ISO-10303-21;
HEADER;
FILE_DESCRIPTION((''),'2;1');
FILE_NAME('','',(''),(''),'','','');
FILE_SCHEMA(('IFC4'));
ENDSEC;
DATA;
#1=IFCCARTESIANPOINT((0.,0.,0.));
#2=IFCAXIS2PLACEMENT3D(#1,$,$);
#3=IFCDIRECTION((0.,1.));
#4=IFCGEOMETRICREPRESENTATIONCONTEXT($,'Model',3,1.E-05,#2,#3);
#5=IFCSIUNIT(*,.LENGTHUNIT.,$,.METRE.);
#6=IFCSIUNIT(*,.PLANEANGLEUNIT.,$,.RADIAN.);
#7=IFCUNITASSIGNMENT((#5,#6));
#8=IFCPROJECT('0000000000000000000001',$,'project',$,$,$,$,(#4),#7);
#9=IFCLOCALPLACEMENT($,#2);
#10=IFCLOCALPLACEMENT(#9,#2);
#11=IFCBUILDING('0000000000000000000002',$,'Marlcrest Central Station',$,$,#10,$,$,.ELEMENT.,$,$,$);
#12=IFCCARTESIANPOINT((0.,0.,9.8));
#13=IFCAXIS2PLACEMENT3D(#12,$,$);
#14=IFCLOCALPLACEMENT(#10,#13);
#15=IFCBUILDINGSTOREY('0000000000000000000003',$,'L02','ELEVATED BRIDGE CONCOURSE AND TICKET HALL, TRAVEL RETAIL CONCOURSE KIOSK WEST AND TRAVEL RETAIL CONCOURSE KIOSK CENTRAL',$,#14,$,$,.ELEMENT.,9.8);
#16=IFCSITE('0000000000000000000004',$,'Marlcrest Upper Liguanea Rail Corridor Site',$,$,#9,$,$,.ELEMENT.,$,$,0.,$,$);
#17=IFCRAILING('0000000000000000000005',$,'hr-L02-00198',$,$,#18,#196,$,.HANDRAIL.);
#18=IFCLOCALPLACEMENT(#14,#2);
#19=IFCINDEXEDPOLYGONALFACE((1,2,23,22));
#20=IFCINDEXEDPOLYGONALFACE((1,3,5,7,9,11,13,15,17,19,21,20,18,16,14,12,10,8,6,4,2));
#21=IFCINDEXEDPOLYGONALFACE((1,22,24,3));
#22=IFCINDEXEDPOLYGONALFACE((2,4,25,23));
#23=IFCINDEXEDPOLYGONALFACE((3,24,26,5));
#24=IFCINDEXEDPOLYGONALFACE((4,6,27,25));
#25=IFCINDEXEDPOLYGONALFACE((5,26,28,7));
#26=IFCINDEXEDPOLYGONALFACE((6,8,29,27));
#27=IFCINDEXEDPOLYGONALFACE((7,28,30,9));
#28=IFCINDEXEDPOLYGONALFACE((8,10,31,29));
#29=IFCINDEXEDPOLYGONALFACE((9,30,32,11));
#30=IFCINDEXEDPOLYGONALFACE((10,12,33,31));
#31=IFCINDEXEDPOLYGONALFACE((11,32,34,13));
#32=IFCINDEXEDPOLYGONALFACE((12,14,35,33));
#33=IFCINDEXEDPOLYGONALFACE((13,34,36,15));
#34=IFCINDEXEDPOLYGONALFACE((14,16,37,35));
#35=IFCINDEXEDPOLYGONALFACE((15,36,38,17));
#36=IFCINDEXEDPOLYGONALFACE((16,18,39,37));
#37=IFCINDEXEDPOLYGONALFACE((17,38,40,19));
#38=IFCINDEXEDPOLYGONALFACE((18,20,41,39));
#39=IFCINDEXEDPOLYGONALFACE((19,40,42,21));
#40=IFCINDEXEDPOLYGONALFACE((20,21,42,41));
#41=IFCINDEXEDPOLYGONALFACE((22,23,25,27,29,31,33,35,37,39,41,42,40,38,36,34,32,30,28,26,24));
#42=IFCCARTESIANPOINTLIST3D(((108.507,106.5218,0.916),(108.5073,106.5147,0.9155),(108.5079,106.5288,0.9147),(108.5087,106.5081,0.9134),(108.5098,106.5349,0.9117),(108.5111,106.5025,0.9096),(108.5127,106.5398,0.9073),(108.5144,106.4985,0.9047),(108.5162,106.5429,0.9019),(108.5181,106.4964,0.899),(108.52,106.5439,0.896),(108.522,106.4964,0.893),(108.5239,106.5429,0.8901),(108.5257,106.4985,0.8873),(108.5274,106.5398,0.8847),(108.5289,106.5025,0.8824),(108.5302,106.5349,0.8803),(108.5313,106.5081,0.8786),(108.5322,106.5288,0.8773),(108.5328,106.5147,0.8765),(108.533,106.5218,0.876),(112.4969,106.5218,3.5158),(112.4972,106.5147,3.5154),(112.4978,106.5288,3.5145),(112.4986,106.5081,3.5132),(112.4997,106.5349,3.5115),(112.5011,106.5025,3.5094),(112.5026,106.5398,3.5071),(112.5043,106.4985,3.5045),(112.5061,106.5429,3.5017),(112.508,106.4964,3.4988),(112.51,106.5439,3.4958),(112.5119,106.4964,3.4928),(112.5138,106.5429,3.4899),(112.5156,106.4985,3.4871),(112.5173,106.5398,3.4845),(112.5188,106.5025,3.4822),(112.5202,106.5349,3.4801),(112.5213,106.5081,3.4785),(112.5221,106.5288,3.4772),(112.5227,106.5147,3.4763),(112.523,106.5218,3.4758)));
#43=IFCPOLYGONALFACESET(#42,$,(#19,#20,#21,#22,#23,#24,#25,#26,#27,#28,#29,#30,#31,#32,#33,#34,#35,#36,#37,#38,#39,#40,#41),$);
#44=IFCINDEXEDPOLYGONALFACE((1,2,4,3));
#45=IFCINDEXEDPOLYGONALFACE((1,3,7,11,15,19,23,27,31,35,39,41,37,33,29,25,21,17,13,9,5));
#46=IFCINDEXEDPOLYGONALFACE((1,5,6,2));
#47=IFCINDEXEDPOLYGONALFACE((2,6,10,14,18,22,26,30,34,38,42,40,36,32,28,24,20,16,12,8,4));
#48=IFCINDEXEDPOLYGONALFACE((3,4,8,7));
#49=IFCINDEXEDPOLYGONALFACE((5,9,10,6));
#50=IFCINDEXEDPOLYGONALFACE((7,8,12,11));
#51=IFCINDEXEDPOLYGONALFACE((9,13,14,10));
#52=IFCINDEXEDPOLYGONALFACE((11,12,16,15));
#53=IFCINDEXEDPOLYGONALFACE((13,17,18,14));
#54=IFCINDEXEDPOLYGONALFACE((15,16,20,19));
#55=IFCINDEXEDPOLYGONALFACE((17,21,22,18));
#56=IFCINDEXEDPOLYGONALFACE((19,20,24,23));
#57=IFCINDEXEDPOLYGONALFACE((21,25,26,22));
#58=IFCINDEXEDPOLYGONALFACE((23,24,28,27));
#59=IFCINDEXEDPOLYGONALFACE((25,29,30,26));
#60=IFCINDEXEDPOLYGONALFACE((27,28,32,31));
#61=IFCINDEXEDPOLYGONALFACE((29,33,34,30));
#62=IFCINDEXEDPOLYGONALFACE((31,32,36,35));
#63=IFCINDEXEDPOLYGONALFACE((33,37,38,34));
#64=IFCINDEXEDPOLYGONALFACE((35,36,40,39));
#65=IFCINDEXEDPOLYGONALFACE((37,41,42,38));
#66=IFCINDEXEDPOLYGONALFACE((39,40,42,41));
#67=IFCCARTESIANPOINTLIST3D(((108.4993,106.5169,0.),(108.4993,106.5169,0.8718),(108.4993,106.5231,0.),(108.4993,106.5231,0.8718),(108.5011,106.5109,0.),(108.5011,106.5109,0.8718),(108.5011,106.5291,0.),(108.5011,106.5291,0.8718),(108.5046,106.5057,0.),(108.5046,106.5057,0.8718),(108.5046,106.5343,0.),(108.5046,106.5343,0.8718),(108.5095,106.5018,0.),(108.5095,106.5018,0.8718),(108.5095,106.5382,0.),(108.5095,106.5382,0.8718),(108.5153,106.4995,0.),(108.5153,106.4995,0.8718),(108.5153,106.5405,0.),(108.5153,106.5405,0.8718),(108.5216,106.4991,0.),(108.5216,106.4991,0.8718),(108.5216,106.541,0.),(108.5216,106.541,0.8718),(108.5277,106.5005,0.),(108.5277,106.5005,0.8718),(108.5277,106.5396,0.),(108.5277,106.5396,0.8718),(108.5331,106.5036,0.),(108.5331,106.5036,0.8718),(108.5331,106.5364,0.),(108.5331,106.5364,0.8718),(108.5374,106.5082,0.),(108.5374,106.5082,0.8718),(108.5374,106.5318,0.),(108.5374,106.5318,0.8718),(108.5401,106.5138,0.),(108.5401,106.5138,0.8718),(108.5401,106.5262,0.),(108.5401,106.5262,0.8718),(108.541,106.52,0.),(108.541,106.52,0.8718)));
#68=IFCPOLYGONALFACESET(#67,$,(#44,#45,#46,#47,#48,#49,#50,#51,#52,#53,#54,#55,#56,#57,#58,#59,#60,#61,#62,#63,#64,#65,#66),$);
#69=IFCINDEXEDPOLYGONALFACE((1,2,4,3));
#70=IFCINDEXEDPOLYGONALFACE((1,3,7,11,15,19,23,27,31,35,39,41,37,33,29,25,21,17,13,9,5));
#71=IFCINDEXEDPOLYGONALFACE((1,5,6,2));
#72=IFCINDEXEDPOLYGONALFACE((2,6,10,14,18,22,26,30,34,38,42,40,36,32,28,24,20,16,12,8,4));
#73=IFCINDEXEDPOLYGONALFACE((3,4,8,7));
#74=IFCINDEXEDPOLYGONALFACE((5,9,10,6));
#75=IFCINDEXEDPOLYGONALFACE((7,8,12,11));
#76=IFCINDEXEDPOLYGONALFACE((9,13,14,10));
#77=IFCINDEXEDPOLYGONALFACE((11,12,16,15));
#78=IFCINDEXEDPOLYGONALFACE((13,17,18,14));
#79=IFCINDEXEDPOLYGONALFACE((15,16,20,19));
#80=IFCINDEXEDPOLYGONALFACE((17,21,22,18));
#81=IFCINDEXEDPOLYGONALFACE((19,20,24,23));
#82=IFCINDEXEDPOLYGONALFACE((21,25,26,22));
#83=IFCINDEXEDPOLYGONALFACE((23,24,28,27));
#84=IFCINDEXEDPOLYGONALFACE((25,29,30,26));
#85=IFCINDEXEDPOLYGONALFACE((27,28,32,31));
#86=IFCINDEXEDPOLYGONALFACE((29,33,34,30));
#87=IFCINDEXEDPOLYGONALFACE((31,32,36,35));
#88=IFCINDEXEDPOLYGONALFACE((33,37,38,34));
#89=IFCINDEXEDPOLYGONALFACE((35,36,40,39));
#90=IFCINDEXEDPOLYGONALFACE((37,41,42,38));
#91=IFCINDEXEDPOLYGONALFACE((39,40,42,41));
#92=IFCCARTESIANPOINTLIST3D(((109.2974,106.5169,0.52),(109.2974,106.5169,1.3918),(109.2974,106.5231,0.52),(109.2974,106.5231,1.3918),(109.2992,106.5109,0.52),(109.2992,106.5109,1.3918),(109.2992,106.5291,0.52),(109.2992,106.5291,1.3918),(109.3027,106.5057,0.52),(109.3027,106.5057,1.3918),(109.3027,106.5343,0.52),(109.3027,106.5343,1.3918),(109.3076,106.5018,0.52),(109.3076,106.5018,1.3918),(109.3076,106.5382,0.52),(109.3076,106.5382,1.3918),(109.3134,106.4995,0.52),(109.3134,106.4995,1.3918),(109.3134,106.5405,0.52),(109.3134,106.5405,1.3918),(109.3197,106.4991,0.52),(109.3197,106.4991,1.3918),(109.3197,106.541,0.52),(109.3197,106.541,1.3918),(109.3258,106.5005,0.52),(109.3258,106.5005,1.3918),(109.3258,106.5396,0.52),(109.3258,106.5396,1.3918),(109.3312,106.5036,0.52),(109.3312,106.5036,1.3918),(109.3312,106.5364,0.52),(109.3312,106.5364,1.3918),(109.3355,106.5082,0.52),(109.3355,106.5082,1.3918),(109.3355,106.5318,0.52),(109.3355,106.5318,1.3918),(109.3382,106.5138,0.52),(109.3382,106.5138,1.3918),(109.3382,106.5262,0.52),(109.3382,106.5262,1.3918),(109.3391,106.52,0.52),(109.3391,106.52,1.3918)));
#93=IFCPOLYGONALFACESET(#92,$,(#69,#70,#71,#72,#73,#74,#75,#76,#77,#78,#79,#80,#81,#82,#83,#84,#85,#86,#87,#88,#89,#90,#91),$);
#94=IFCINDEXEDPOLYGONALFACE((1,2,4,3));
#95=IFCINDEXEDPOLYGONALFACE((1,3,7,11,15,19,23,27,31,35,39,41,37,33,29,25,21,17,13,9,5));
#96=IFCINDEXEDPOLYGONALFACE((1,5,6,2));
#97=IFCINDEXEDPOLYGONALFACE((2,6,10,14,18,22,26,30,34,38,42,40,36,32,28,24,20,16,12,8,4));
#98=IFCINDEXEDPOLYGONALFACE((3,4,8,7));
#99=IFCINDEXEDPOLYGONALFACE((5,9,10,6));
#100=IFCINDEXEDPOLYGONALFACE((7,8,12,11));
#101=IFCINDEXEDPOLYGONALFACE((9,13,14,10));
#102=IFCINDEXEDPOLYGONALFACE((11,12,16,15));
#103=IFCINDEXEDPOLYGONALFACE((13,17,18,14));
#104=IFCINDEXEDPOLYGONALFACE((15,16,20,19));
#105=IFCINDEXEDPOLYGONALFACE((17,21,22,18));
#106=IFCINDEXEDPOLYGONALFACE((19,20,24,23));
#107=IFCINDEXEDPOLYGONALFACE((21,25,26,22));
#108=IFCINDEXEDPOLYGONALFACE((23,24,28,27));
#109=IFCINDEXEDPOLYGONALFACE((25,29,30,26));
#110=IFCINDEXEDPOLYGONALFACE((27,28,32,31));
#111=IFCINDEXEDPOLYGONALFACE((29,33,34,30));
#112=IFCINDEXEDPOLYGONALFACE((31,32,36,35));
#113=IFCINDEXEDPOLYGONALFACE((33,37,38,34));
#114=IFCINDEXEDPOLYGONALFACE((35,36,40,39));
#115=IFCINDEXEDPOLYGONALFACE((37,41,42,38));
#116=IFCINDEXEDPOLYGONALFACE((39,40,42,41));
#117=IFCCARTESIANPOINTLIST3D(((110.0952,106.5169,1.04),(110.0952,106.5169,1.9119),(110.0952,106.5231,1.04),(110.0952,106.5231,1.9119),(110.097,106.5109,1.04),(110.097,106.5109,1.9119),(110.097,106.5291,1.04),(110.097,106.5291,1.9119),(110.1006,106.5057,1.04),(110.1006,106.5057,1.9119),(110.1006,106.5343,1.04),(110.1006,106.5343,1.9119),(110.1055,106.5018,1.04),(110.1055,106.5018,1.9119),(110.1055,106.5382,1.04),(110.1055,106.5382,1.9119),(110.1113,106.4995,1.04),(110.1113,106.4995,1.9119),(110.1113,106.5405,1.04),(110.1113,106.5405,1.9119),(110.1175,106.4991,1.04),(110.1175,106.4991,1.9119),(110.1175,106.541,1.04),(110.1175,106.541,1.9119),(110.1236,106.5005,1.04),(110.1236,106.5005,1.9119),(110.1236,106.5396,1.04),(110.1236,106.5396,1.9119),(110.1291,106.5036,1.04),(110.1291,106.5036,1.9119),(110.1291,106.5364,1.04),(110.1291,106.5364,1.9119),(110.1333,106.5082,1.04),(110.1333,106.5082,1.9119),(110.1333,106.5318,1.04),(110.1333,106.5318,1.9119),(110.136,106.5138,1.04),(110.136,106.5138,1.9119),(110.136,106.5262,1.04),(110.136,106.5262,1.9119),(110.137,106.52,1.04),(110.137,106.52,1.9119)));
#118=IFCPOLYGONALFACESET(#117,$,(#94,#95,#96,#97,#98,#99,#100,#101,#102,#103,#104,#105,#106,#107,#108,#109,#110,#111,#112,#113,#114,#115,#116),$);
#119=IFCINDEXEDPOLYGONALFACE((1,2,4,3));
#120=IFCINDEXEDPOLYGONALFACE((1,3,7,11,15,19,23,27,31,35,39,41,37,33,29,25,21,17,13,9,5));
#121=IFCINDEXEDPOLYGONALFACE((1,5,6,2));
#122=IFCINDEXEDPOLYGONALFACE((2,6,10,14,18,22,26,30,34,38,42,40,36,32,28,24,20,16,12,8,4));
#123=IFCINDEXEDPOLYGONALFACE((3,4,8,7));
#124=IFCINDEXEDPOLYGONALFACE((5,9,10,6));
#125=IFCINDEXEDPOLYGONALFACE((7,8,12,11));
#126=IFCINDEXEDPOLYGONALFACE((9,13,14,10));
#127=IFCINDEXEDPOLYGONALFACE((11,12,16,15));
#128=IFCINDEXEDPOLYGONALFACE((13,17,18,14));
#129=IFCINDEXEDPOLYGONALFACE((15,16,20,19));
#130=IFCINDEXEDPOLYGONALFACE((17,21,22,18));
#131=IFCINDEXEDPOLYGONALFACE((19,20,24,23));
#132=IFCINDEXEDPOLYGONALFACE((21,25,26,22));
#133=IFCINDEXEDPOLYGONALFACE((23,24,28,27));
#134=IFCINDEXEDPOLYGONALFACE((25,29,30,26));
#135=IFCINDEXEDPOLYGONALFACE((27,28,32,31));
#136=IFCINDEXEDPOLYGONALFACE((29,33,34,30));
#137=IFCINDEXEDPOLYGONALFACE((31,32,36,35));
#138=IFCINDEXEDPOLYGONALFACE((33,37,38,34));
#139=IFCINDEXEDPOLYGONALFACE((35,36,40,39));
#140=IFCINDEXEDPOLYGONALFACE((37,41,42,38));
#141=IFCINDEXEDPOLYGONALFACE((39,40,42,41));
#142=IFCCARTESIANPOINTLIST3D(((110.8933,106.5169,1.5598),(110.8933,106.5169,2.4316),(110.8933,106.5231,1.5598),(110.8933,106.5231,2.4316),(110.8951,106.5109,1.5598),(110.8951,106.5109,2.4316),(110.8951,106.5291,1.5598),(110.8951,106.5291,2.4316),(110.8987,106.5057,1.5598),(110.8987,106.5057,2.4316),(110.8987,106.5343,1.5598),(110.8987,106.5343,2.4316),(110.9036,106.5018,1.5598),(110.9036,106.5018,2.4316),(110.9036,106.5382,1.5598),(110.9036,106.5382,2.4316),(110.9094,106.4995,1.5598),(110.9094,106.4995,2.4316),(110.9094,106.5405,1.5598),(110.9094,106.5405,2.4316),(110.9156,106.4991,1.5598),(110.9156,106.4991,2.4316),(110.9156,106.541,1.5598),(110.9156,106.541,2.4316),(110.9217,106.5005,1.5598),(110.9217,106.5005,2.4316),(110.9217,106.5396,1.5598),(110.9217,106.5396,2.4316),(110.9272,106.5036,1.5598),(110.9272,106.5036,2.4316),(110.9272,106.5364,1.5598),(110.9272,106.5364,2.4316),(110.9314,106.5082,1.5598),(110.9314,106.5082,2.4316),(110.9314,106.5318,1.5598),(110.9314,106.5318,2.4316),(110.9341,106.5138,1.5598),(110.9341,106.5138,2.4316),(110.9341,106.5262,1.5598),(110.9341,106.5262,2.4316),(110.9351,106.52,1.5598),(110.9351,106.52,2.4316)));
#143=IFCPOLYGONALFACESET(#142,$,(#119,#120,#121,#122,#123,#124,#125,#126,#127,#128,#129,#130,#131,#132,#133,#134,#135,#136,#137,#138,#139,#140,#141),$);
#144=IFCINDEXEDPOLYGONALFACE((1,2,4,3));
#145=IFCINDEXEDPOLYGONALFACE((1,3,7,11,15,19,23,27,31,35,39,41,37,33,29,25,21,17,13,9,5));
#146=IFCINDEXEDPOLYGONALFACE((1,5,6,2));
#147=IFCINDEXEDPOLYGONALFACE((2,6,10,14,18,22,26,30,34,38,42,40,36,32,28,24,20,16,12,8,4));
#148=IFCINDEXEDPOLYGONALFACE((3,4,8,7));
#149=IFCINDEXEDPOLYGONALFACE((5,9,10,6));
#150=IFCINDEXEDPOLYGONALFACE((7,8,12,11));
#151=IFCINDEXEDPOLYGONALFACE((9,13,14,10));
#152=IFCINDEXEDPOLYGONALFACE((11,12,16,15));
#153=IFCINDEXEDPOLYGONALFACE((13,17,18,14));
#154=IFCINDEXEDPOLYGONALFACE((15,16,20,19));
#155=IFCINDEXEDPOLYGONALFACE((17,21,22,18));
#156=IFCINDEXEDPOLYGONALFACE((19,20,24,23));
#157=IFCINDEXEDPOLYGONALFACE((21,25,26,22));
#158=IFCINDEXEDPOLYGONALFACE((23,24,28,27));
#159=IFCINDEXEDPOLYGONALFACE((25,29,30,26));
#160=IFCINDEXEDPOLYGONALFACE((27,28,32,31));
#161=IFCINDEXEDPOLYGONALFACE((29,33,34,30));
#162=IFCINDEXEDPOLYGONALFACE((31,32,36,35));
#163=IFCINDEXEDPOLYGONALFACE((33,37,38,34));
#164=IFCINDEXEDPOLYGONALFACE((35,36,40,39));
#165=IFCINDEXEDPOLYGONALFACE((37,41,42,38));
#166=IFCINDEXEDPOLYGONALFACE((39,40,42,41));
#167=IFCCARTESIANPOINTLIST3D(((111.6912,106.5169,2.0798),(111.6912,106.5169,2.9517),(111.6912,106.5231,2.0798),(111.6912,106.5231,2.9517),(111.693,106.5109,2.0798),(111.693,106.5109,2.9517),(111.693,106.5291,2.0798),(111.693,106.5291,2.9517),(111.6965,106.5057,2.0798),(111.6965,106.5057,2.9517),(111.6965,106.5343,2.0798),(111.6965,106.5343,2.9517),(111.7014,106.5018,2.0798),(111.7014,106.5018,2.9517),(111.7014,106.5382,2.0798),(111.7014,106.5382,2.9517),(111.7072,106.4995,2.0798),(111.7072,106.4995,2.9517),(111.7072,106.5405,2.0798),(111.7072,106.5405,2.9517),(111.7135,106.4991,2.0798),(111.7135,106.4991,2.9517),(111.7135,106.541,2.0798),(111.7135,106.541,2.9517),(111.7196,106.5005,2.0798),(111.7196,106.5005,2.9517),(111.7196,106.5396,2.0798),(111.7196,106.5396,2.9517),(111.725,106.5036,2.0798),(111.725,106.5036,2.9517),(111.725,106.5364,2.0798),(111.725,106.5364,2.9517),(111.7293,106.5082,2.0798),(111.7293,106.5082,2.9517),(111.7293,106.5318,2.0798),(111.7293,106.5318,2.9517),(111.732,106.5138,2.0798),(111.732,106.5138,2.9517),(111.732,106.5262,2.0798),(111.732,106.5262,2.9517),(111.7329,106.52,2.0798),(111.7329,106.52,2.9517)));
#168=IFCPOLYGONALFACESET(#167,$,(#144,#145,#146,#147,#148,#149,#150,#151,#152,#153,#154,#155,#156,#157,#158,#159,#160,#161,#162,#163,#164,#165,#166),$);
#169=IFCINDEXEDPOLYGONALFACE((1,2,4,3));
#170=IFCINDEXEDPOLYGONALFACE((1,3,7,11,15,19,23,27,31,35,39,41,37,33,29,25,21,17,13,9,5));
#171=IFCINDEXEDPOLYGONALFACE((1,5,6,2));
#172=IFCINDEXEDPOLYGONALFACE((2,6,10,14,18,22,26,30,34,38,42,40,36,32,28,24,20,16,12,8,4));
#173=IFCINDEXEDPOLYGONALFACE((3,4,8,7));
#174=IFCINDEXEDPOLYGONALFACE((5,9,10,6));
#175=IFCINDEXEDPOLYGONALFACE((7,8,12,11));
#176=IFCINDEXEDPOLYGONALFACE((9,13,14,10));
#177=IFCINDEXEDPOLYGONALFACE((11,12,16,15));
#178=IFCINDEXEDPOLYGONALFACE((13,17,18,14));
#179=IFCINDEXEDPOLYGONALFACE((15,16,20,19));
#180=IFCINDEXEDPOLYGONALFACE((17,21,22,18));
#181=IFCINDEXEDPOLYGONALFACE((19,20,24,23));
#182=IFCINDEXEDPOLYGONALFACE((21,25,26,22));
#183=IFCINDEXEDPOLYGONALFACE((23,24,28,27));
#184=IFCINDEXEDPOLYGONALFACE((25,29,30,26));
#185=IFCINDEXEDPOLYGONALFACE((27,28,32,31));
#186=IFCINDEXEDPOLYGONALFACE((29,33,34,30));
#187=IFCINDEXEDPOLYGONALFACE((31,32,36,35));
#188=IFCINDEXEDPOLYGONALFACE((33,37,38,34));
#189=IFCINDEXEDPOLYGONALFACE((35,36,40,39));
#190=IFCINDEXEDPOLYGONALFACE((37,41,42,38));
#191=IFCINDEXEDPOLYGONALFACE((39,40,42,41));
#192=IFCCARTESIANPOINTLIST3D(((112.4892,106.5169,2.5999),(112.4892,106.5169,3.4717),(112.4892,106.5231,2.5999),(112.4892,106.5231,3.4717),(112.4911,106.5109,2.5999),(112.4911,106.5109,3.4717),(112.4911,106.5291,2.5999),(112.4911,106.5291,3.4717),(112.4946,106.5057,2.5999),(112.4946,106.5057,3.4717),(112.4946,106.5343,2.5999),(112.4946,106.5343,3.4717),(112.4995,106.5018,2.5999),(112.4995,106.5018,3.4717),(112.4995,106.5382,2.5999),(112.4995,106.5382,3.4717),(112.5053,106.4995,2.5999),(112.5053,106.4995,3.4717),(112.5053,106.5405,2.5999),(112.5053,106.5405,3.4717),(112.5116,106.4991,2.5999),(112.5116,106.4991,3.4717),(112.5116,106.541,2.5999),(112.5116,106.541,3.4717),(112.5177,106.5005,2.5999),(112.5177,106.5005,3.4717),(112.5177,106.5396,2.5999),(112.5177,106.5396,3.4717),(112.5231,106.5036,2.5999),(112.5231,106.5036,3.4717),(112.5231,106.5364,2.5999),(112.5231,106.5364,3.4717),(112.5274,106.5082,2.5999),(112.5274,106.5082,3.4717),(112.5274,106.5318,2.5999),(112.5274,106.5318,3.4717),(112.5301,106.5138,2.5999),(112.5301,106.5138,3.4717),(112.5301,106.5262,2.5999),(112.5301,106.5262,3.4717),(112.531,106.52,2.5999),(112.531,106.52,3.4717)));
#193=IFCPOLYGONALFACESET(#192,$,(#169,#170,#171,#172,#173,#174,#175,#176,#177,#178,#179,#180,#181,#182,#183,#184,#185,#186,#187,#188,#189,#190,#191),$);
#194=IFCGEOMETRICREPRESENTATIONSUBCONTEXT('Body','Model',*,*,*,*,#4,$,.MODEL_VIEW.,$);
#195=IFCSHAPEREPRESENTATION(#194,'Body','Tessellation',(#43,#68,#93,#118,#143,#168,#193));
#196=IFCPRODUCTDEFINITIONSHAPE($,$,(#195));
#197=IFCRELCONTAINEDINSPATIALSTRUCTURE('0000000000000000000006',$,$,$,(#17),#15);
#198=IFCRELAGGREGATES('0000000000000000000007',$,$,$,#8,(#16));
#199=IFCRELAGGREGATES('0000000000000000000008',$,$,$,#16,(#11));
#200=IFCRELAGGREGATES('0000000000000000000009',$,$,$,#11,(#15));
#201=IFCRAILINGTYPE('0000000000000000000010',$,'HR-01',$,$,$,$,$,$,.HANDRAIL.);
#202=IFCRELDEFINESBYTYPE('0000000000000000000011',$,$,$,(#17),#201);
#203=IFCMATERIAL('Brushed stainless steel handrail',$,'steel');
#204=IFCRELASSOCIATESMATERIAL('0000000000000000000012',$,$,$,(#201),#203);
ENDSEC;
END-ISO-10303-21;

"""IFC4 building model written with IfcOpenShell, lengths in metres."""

from ifc_helpers import new_model, si_unit, direction, frame, origin, origin_2d, place, context, subcontext, project, spatial, circle, extrude, material, type_object, element, save


model = new_model("IFC4")

# Units and contexts
model_context = context("Model", 3, precision=1e-05, world=origin(), true_north=direction((0.0, 1.0)))
body_context = subcontext(model_context, "Body", "Model", "MODEL_VIEW")
ifc_project = project(units=[si_unit("LENGTHUNIT", "METRE"), si_unit("PLANEANGLEUNIT", "RADIAN")], contexts=[model_context])

# Site, building, storey
site_placement = place(None, origin())
site = spatial("IfcSite", under=ifc_project, at=site_placement, Name="Marlcrest Upper Liguanea Rail Corridor Site", CompositionType="ELEMENT", RefElevation=0.0)
building_placement = place(site_placement, origin())
building = spatial("IfcBuilding", under=site, at=building_placement, Name="Marlcrest Central Station", CompositionType="ELEMENT")
storey_placement = place(building_placement, frame((0.0, 0.0, 9.8)))
storey = spatial("IfcBuildingStorey", under=building, at=storey_placement, Name="L02", Description="ELEVATED BRIDGE CONCOURSE AND TICKET HALL, TRAVEL RETAIL CONCOURSE KIOSK WEST AND TRAVEL RETAIL CONCOURSE KIOSK CENTRAL", CompositionType="ELEMENT", Elevation=9.8)

# Railing
ifc_material_1 = material(Name="Brushed stainless steel handrail", Category="steel")
railing_type_1 = type_object("IfcRailingType", Name="HR-01", PredefinedType="HANDRAIL", material=ifc_material_1)
railing_1_placement = place(storey_placement, frame((108.52, 106.52, 0.0)))
element("IfcRailing", 1, at=railing_1_placement, inside=storey, type_object=railing_type_1, Name="hr-L02-00198", PredefinedType="HANDRAIL", context=body_context, shape_type="SweptSolid", body=[
    extrude(circle(Radius=0.0239, at=origin_2d()), frame((0.0, 0.0, 0.896), z_axis=(0.837833, 0.0, 0.545927), x_axis=(0.0, 1.0, 0.0)), (0.0, 0.0, 1.0), 4.7622),
    extrude(circle(Radius=0.021, at=origin_2d()), origin(), (0.0, 0.0, 1.0), 0.8718),
    extrude(circle(Radius=0.021, at=origin_2d()), frame((0.7981, 0.0, 0.52)), (0.0, 0.0, 1.0), 0.8718),
    extrude(circle(Radius=0.021, at=origin_2d()), frame((1.5959, 0.0, 1.04)), (0.0, 0.0, 1.0), 0.8718),
    extrude(circle(Radius=0.021, at=origin_2d()), frame((2.394, 0.0, 1.5598)), (0.0, 0.0, 1.0), 0.8718),
    extrude(circle(Radius=0.021, at=origin_2d()), frame((3.1919, 0.0, 2.0798)), (0.0, 0.0, 1.0), 0.8718),
    extrude(circle(Radius=0.021, at=origin_2d()), frame((3.99, 0.0, 2.5999)), (0.0, 0.0, 1.0), 0.8718),
])

save(model, "model.ifc")
